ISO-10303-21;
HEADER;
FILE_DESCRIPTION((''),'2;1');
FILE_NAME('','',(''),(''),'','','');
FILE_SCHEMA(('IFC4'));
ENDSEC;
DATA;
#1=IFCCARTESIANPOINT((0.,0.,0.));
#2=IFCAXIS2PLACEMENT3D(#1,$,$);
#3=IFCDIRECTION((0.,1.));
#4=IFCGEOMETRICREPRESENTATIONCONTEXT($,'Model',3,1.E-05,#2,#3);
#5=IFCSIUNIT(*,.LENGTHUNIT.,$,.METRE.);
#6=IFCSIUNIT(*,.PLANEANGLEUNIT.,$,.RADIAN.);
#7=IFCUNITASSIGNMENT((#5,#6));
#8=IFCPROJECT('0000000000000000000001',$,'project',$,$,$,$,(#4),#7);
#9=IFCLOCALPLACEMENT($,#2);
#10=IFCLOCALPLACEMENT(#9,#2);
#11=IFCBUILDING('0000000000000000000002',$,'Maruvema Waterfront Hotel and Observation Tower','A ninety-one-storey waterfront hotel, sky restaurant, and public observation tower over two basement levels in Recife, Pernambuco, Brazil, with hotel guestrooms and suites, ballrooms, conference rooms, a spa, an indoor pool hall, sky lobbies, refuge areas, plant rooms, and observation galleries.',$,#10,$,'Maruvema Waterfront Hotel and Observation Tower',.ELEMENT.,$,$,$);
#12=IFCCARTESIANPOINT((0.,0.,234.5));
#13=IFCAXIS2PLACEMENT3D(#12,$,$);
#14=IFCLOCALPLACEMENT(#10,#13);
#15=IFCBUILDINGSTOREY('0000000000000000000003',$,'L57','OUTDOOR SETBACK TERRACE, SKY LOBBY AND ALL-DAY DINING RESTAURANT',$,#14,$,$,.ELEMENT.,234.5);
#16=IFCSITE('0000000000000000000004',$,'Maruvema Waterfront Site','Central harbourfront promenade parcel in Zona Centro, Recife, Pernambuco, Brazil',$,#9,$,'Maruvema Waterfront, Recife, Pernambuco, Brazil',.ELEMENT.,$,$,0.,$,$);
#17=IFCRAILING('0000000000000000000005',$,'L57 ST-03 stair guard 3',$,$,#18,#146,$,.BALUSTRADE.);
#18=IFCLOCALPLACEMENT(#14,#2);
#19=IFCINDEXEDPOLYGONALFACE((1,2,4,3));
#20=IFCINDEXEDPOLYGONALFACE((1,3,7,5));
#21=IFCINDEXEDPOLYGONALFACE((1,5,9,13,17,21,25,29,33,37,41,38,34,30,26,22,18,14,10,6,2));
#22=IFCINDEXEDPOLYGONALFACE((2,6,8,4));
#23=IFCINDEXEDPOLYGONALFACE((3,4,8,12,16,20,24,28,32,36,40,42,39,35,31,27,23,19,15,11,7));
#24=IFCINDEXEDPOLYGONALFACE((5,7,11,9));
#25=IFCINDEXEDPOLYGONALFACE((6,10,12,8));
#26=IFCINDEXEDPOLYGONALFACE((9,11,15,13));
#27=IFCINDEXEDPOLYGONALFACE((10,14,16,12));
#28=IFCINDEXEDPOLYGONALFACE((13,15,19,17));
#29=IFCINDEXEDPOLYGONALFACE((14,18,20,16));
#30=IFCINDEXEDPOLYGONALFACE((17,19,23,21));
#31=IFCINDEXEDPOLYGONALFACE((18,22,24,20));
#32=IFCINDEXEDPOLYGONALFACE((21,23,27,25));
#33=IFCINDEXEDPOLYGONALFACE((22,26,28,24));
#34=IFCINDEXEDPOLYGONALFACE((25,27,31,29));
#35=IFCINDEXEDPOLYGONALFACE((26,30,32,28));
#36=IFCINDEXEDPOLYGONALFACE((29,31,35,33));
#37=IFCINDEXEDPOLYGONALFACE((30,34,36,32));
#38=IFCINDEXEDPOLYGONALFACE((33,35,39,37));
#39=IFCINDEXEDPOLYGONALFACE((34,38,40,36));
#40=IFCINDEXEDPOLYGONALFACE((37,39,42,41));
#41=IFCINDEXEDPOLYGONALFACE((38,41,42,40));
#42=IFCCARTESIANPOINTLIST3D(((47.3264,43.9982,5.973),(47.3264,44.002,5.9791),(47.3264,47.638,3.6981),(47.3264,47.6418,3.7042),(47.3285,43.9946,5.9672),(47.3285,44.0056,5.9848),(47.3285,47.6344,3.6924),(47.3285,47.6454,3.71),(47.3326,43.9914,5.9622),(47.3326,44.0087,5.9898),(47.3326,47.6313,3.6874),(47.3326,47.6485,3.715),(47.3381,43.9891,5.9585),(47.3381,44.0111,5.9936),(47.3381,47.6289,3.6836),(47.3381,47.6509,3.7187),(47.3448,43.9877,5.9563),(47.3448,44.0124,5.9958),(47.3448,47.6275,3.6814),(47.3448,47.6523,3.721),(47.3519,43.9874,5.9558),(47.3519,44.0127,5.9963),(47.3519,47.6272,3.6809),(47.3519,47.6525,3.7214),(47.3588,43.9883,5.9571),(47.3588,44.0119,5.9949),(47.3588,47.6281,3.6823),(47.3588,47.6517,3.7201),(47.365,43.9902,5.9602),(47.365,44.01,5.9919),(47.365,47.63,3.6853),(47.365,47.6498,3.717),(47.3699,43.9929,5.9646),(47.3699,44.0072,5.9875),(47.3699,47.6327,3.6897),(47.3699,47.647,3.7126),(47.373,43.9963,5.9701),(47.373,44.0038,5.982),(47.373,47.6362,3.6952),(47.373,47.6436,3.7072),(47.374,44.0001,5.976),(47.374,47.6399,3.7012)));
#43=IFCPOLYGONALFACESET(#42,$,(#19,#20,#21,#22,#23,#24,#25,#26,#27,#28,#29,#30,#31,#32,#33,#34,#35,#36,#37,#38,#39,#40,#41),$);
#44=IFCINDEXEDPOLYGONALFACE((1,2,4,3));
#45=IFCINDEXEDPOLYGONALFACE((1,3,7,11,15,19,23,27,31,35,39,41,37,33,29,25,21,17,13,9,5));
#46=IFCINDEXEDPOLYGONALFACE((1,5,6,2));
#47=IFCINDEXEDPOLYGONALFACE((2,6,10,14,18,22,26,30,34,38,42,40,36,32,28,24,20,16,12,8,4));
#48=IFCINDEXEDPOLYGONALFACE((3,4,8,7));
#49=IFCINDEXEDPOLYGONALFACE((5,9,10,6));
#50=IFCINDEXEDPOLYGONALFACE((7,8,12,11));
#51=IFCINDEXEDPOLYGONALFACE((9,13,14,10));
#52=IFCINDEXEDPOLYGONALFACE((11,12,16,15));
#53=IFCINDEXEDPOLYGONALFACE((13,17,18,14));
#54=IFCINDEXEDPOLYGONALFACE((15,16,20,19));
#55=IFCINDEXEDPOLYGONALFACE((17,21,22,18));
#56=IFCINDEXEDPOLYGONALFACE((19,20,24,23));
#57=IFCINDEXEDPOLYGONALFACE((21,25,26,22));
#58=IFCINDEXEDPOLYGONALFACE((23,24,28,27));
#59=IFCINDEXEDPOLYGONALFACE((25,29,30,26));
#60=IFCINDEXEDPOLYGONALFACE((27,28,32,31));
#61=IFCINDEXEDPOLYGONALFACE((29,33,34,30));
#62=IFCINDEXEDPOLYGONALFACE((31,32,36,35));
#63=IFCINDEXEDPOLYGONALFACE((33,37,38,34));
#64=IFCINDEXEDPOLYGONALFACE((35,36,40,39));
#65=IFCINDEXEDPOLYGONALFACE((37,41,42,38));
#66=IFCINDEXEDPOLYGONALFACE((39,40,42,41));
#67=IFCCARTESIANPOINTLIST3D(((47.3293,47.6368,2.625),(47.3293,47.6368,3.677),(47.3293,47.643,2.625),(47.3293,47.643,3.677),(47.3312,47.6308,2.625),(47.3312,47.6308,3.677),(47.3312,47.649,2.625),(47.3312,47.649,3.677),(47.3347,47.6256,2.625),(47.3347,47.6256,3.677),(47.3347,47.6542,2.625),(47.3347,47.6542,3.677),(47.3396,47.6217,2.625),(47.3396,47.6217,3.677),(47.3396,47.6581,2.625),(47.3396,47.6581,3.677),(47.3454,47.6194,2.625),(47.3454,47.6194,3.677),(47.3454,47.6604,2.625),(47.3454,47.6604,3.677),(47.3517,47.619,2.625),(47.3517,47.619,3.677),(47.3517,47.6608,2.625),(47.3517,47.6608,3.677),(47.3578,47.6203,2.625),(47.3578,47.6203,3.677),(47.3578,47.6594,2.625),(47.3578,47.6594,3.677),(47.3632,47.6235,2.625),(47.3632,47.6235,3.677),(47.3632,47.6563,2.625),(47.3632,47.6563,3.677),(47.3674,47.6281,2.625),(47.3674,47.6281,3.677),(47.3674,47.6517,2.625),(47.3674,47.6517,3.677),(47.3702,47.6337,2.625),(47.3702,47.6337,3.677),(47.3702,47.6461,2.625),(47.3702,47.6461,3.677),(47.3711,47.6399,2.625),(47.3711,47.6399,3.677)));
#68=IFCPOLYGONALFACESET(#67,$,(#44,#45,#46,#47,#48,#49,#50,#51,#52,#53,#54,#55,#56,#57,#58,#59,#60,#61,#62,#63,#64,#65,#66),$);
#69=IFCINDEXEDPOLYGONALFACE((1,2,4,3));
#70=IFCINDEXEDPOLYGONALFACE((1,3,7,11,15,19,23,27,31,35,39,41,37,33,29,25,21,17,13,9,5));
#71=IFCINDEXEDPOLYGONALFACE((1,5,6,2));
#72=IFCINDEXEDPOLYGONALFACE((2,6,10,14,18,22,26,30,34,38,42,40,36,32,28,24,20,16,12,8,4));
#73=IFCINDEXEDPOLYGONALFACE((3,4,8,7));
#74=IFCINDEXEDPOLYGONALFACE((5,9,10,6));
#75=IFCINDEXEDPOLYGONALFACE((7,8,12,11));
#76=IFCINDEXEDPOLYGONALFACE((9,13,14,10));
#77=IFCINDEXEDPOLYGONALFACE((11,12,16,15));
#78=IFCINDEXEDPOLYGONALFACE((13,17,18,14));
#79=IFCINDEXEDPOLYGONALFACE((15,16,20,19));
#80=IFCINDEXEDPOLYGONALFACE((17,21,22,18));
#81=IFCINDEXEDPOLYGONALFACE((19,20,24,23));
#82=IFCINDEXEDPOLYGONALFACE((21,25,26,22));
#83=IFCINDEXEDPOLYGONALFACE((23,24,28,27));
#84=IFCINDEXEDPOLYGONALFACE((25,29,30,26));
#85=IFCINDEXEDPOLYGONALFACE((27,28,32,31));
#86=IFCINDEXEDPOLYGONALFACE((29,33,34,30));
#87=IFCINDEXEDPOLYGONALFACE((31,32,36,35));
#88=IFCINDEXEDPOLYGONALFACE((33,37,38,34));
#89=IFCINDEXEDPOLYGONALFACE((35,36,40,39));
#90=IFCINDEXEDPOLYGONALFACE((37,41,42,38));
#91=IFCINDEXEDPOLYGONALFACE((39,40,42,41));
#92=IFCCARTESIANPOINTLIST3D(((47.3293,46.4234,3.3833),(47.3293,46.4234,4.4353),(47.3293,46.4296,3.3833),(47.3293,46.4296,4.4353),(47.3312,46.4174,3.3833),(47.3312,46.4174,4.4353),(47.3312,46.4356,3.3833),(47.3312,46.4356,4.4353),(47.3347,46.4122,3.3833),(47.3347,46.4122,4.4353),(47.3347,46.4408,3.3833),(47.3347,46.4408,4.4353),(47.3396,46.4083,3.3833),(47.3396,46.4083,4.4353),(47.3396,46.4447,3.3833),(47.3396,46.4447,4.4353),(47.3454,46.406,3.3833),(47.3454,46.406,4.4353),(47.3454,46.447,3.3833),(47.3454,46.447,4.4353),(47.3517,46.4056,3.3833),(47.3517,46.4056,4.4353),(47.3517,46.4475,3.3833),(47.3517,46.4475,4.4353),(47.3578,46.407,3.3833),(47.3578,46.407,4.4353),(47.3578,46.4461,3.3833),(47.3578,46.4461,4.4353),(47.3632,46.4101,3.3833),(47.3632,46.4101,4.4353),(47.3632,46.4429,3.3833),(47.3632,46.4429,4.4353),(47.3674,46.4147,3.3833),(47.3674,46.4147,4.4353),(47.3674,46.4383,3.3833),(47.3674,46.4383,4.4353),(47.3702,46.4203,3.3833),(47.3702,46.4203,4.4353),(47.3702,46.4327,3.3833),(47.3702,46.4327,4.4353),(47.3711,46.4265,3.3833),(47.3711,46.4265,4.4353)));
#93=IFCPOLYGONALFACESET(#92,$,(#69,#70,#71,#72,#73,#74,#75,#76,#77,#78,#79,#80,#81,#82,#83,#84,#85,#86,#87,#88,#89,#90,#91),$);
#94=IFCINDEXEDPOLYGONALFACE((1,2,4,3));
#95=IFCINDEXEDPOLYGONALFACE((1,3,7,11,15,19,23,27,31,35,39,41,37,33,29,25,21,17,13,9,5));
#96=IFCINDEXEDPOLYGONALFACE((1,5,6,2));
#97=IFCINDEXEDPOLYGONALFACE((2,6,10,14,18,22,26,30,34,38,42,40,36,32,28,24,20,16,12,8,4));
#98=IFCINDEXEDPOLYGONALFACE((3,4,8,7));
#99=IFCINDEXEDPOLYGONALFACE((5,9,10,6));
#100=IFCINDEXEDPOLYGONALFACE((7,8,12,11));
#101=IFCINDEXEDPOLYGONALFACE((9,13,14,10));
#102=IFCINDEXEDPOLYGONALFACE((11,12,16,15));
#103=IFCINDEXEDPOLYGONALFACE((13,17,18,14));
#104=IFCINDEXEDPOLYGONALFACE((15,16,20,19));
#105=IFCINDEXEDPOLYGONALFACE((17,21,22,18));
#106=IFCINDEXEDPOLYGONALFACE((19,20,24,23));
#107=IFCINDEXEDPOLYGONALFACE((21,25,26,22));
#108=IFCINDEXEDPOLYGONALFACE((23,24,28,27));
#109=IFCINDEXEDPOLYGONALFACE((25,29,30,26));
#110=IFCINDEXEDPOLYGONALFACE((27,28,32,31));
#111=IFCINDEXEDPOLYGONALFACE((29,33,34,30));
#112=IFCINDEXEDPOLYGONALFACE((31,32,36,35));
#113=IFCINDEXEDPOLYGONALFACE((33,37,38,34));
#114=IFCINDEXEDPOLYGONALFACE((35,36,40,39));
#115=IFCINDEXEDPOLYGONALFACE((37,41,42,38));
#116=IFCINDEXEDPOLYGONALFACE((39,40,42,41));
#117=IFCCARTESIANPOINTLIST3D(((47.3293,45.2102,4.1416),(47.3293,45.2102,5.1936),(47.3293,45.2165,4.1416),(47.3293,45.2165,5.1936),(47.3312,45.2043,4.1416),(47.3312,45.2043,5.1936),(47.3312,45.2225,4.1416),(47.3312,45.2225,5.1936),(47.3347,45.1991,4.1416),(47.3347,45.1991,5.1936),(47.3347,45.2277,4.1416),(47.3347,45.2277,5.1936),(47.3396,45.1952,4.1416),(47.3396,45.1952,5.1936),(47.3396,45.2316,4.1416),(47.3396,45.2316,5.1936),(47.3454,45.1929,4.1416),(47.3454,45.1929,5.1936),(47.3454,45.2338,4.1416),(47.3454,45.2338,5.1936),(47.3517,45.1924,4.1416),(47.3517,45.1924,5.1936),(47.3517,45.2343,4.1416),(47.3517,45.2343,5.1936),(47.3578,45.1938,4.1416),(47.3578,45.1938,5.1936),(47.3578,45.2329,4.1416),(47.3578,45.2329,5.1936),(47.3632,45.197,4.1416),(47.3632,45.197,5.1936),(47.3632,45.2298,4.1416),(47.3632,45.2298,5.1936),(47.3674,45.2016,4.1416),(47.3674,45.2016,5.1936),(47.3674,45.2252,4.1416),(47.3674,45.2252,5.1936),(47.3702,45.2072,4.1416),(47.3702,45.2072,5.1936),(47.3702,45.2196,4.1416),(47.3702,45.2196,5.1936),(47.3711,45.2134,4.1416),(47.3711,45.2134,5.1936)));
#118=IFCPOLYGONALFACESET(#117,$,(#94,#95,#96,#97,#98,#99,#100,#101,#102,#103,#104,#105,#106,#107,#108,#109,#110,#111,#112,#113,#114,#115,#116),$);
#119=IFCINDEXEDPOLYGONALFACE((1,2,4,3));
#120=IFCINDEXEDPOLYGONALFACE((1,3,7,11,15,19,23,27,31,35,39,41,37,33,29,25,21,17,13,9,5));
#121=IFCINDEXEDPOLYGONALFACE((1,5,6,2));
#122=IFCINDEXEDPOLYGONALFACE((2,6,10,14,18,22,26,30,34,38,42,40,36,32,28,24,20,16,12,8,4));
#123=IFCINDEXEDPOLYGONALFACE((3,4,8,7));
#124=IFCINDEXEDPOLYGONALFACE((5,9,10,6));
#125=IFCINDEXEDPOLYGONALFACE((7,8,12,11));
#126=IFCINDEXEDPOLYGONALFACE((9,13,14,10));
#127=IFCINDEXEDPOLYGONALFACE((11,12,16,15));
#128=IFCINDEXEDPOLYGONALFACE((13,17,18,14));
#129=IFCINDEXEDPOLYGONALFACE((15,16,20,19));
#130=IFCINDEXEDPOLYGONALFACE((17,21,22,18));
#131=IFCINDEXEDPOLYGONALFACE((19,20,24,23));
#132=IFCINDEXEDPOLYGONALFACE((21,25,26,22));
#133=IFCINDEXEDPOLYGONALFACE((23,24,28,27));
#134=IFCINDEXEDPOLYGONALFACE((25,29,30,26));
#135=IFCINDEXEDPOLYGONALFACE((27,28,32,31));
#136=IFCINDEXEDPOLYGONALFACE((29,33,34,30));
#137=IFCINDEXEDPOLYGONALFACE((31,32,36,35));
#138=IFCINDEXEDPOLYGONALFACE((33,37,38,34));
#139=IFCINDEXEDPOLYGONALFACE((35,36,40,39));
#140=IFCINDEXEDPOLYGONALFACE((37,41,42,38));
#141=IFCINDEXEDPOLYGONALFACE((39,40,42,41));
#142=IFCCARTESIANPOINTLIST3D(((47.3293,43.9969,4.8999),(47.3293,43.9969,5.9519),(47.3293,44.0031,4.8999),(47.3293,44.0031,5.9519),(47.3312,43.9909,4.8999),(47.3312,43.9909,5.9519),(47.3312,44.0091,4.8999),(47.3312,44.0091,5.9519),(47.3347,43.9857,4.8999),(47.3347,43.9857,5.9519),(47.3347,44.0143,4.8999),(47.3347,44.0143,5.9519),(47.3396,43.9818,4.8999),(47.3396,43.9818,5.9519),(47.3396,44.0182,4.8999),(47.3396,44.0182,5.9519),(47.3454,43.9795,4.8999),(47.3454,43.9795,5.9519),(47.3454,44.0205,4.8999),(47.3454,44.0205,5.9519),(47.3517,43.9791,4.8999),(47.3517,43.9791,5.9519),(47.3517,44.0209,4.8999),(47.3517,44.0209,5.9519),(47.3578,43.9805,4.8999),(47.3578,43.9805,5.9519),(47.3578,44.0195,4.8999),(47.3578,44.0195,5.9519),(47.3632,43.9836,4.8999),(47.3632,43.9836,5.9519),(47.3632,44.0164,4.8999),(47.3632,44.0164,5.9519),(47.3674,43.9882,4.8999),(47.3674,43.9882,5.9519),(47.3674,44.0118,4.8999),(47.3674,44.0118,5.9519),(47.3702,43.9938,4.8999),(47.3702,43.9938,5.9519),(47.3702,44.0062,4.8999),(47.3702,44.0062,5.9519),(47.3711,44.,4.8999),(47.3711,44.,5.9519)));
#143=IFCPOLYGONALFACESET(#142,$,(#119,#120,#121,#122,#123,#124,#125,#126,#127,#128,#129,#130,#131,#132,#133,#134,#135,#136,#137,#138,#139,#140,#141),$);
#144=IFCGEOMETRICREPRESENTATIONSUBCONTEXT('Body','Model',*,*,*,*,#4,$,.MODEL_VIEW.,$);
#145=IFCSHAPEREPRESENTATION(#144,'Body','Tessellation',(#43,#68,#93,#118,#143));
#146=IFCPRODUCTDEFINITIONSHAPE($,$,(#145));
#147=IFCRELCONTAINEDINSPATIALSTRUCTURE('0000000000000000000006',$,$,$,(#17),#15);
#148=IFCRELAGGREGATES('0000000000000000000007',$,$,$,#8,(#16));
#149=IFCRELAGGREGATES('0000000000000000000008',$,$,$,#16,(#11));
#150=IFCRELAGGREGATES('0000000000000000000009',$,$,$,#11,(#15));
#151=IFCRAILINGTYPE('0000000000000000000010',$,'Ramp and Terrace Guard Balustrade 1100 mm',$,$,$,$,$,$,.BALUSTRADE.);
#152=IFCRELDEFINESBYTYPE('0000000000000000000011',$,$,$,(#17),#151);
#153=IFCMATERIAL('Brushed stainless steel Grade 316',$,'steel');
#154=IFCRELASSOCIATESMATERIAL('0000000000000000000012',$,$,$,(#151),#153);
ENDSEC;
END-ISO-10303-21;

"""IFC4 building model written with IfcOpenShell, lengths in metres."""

from ifc_helpers import new_model, si_unit, direction, frame, origin, origin_2d, place, context, subcontext, project, spatial, circle, extrude, material, type_object, element, save


model = new_model("IFC4")

# Units and contexts
model_context = context("Model", 3, precision=1e-05, world=origin(), true_north=direction((0.0, 1.0)))
body_context = subcontext(model_context, "Body", "Model", "MODEL_VIEW")
ifc_project = project(units=[si_unit("LENGTHUNIT", "METRE"), si_unit("PLANEANGLEUNIT", "RADIAN")], contexts=[model_context])

# Site, building, storey
site_placement = place(None, origin())
site = spatial("IfcSite", under=ifc_project, at=site_placement, Name="Maruvema Waterfront Site", Description="Central harbourfront promenade parcel in Zona Centro, Recife, Pernambuco, Brazil", LongName="Maruvema Waterfront, Recife, Pernambuco, Brazil", CompositionType="ELEMENT", RefElevation=0.0)
building_placement = place(site_placement, origin())
building = spatial("IfcBuilding", under=site, at=building_placement, Name="Maruvema Waterfront Hotel and Observation Tower", Description="A ninety-one-storey waterfront hotel, sky restaurant, and public observation tower over two basement levels in Recife, Pernambuco, Brazil, with hotel guestrooms and suites, ballrooms, conference rooms, a spa, an indoor pool hall, sky lobbies, refuge areas, plant rooms, and observation galleries.", LongName="Maruvema Waterfront Hotel and Observation Tower", CompositionType="ELEMENT")
storey_placement = place(building_placement, frame((0.0, 0.0, 234.5)))
storey = spatial("IfcBuildingStorey", under=building, at=storey_placement, Name="L57", Description="OUTDOOR SETBACK TERRACE, SKY LOBBY AND ALL-DAY DINING RESTAURANT", CompositionType="ELEMENT", Elevation=234.5)

# Railing
ifc_material_1 = material(Name="Brushed stainless steel Grade 316", Category="steel")
railing_type_1 = type_object("IfcRailingType", Name="Ramp and Terrace Guard Balustrade 1100 mm", PredefinedType="BALUSTRADE", material=ifc_material_1)
railing_1_placement = place(storey_placement, frame((47.3501, 47.6399, 2.625)))
element("IfcRailing", 1, at=railing_1_placement, inside=storey, type_object=railing_type_1, Name="L57 ST-03 stair guard 3", PredefinedType="BALUSTRADE", context=body_context, shape_type="SweptSolid", body=[
    extrude(circle(Radius=0.0239, at=origin_2d()), frame((0.0, 0.0, 1.0762), z_axis=(0.0, -0.848001, 0.529994), x_axis=(1.0, 0.0, 0.0)), (0.0, 0.0, 1.0), 4.2922),
    extrude(circle(Radius=0.021, at=origin_2d()), origin(), (0.0, 0.0, 1.0), 1.052),
    extrude(circle(Radius=0.021, at=origin_2d()), frame((0.0, -1.2134, 0.7583)), (0.0, 0.0, 1.0), 1.052),
    extrude(circle(Radius=0.021, at=origin_2d()), frame((0.0, -2.4265, 1.5166)), (0.0, 0.0, 1.0), 1.052),
    extrude(circle(Radius=0.021, at=origin_2d()), frame((0.0, -3.6399, 2.2749)), (0.0, 0.0, 1.0), 1.052),
])

save(model, "model.ifc")
